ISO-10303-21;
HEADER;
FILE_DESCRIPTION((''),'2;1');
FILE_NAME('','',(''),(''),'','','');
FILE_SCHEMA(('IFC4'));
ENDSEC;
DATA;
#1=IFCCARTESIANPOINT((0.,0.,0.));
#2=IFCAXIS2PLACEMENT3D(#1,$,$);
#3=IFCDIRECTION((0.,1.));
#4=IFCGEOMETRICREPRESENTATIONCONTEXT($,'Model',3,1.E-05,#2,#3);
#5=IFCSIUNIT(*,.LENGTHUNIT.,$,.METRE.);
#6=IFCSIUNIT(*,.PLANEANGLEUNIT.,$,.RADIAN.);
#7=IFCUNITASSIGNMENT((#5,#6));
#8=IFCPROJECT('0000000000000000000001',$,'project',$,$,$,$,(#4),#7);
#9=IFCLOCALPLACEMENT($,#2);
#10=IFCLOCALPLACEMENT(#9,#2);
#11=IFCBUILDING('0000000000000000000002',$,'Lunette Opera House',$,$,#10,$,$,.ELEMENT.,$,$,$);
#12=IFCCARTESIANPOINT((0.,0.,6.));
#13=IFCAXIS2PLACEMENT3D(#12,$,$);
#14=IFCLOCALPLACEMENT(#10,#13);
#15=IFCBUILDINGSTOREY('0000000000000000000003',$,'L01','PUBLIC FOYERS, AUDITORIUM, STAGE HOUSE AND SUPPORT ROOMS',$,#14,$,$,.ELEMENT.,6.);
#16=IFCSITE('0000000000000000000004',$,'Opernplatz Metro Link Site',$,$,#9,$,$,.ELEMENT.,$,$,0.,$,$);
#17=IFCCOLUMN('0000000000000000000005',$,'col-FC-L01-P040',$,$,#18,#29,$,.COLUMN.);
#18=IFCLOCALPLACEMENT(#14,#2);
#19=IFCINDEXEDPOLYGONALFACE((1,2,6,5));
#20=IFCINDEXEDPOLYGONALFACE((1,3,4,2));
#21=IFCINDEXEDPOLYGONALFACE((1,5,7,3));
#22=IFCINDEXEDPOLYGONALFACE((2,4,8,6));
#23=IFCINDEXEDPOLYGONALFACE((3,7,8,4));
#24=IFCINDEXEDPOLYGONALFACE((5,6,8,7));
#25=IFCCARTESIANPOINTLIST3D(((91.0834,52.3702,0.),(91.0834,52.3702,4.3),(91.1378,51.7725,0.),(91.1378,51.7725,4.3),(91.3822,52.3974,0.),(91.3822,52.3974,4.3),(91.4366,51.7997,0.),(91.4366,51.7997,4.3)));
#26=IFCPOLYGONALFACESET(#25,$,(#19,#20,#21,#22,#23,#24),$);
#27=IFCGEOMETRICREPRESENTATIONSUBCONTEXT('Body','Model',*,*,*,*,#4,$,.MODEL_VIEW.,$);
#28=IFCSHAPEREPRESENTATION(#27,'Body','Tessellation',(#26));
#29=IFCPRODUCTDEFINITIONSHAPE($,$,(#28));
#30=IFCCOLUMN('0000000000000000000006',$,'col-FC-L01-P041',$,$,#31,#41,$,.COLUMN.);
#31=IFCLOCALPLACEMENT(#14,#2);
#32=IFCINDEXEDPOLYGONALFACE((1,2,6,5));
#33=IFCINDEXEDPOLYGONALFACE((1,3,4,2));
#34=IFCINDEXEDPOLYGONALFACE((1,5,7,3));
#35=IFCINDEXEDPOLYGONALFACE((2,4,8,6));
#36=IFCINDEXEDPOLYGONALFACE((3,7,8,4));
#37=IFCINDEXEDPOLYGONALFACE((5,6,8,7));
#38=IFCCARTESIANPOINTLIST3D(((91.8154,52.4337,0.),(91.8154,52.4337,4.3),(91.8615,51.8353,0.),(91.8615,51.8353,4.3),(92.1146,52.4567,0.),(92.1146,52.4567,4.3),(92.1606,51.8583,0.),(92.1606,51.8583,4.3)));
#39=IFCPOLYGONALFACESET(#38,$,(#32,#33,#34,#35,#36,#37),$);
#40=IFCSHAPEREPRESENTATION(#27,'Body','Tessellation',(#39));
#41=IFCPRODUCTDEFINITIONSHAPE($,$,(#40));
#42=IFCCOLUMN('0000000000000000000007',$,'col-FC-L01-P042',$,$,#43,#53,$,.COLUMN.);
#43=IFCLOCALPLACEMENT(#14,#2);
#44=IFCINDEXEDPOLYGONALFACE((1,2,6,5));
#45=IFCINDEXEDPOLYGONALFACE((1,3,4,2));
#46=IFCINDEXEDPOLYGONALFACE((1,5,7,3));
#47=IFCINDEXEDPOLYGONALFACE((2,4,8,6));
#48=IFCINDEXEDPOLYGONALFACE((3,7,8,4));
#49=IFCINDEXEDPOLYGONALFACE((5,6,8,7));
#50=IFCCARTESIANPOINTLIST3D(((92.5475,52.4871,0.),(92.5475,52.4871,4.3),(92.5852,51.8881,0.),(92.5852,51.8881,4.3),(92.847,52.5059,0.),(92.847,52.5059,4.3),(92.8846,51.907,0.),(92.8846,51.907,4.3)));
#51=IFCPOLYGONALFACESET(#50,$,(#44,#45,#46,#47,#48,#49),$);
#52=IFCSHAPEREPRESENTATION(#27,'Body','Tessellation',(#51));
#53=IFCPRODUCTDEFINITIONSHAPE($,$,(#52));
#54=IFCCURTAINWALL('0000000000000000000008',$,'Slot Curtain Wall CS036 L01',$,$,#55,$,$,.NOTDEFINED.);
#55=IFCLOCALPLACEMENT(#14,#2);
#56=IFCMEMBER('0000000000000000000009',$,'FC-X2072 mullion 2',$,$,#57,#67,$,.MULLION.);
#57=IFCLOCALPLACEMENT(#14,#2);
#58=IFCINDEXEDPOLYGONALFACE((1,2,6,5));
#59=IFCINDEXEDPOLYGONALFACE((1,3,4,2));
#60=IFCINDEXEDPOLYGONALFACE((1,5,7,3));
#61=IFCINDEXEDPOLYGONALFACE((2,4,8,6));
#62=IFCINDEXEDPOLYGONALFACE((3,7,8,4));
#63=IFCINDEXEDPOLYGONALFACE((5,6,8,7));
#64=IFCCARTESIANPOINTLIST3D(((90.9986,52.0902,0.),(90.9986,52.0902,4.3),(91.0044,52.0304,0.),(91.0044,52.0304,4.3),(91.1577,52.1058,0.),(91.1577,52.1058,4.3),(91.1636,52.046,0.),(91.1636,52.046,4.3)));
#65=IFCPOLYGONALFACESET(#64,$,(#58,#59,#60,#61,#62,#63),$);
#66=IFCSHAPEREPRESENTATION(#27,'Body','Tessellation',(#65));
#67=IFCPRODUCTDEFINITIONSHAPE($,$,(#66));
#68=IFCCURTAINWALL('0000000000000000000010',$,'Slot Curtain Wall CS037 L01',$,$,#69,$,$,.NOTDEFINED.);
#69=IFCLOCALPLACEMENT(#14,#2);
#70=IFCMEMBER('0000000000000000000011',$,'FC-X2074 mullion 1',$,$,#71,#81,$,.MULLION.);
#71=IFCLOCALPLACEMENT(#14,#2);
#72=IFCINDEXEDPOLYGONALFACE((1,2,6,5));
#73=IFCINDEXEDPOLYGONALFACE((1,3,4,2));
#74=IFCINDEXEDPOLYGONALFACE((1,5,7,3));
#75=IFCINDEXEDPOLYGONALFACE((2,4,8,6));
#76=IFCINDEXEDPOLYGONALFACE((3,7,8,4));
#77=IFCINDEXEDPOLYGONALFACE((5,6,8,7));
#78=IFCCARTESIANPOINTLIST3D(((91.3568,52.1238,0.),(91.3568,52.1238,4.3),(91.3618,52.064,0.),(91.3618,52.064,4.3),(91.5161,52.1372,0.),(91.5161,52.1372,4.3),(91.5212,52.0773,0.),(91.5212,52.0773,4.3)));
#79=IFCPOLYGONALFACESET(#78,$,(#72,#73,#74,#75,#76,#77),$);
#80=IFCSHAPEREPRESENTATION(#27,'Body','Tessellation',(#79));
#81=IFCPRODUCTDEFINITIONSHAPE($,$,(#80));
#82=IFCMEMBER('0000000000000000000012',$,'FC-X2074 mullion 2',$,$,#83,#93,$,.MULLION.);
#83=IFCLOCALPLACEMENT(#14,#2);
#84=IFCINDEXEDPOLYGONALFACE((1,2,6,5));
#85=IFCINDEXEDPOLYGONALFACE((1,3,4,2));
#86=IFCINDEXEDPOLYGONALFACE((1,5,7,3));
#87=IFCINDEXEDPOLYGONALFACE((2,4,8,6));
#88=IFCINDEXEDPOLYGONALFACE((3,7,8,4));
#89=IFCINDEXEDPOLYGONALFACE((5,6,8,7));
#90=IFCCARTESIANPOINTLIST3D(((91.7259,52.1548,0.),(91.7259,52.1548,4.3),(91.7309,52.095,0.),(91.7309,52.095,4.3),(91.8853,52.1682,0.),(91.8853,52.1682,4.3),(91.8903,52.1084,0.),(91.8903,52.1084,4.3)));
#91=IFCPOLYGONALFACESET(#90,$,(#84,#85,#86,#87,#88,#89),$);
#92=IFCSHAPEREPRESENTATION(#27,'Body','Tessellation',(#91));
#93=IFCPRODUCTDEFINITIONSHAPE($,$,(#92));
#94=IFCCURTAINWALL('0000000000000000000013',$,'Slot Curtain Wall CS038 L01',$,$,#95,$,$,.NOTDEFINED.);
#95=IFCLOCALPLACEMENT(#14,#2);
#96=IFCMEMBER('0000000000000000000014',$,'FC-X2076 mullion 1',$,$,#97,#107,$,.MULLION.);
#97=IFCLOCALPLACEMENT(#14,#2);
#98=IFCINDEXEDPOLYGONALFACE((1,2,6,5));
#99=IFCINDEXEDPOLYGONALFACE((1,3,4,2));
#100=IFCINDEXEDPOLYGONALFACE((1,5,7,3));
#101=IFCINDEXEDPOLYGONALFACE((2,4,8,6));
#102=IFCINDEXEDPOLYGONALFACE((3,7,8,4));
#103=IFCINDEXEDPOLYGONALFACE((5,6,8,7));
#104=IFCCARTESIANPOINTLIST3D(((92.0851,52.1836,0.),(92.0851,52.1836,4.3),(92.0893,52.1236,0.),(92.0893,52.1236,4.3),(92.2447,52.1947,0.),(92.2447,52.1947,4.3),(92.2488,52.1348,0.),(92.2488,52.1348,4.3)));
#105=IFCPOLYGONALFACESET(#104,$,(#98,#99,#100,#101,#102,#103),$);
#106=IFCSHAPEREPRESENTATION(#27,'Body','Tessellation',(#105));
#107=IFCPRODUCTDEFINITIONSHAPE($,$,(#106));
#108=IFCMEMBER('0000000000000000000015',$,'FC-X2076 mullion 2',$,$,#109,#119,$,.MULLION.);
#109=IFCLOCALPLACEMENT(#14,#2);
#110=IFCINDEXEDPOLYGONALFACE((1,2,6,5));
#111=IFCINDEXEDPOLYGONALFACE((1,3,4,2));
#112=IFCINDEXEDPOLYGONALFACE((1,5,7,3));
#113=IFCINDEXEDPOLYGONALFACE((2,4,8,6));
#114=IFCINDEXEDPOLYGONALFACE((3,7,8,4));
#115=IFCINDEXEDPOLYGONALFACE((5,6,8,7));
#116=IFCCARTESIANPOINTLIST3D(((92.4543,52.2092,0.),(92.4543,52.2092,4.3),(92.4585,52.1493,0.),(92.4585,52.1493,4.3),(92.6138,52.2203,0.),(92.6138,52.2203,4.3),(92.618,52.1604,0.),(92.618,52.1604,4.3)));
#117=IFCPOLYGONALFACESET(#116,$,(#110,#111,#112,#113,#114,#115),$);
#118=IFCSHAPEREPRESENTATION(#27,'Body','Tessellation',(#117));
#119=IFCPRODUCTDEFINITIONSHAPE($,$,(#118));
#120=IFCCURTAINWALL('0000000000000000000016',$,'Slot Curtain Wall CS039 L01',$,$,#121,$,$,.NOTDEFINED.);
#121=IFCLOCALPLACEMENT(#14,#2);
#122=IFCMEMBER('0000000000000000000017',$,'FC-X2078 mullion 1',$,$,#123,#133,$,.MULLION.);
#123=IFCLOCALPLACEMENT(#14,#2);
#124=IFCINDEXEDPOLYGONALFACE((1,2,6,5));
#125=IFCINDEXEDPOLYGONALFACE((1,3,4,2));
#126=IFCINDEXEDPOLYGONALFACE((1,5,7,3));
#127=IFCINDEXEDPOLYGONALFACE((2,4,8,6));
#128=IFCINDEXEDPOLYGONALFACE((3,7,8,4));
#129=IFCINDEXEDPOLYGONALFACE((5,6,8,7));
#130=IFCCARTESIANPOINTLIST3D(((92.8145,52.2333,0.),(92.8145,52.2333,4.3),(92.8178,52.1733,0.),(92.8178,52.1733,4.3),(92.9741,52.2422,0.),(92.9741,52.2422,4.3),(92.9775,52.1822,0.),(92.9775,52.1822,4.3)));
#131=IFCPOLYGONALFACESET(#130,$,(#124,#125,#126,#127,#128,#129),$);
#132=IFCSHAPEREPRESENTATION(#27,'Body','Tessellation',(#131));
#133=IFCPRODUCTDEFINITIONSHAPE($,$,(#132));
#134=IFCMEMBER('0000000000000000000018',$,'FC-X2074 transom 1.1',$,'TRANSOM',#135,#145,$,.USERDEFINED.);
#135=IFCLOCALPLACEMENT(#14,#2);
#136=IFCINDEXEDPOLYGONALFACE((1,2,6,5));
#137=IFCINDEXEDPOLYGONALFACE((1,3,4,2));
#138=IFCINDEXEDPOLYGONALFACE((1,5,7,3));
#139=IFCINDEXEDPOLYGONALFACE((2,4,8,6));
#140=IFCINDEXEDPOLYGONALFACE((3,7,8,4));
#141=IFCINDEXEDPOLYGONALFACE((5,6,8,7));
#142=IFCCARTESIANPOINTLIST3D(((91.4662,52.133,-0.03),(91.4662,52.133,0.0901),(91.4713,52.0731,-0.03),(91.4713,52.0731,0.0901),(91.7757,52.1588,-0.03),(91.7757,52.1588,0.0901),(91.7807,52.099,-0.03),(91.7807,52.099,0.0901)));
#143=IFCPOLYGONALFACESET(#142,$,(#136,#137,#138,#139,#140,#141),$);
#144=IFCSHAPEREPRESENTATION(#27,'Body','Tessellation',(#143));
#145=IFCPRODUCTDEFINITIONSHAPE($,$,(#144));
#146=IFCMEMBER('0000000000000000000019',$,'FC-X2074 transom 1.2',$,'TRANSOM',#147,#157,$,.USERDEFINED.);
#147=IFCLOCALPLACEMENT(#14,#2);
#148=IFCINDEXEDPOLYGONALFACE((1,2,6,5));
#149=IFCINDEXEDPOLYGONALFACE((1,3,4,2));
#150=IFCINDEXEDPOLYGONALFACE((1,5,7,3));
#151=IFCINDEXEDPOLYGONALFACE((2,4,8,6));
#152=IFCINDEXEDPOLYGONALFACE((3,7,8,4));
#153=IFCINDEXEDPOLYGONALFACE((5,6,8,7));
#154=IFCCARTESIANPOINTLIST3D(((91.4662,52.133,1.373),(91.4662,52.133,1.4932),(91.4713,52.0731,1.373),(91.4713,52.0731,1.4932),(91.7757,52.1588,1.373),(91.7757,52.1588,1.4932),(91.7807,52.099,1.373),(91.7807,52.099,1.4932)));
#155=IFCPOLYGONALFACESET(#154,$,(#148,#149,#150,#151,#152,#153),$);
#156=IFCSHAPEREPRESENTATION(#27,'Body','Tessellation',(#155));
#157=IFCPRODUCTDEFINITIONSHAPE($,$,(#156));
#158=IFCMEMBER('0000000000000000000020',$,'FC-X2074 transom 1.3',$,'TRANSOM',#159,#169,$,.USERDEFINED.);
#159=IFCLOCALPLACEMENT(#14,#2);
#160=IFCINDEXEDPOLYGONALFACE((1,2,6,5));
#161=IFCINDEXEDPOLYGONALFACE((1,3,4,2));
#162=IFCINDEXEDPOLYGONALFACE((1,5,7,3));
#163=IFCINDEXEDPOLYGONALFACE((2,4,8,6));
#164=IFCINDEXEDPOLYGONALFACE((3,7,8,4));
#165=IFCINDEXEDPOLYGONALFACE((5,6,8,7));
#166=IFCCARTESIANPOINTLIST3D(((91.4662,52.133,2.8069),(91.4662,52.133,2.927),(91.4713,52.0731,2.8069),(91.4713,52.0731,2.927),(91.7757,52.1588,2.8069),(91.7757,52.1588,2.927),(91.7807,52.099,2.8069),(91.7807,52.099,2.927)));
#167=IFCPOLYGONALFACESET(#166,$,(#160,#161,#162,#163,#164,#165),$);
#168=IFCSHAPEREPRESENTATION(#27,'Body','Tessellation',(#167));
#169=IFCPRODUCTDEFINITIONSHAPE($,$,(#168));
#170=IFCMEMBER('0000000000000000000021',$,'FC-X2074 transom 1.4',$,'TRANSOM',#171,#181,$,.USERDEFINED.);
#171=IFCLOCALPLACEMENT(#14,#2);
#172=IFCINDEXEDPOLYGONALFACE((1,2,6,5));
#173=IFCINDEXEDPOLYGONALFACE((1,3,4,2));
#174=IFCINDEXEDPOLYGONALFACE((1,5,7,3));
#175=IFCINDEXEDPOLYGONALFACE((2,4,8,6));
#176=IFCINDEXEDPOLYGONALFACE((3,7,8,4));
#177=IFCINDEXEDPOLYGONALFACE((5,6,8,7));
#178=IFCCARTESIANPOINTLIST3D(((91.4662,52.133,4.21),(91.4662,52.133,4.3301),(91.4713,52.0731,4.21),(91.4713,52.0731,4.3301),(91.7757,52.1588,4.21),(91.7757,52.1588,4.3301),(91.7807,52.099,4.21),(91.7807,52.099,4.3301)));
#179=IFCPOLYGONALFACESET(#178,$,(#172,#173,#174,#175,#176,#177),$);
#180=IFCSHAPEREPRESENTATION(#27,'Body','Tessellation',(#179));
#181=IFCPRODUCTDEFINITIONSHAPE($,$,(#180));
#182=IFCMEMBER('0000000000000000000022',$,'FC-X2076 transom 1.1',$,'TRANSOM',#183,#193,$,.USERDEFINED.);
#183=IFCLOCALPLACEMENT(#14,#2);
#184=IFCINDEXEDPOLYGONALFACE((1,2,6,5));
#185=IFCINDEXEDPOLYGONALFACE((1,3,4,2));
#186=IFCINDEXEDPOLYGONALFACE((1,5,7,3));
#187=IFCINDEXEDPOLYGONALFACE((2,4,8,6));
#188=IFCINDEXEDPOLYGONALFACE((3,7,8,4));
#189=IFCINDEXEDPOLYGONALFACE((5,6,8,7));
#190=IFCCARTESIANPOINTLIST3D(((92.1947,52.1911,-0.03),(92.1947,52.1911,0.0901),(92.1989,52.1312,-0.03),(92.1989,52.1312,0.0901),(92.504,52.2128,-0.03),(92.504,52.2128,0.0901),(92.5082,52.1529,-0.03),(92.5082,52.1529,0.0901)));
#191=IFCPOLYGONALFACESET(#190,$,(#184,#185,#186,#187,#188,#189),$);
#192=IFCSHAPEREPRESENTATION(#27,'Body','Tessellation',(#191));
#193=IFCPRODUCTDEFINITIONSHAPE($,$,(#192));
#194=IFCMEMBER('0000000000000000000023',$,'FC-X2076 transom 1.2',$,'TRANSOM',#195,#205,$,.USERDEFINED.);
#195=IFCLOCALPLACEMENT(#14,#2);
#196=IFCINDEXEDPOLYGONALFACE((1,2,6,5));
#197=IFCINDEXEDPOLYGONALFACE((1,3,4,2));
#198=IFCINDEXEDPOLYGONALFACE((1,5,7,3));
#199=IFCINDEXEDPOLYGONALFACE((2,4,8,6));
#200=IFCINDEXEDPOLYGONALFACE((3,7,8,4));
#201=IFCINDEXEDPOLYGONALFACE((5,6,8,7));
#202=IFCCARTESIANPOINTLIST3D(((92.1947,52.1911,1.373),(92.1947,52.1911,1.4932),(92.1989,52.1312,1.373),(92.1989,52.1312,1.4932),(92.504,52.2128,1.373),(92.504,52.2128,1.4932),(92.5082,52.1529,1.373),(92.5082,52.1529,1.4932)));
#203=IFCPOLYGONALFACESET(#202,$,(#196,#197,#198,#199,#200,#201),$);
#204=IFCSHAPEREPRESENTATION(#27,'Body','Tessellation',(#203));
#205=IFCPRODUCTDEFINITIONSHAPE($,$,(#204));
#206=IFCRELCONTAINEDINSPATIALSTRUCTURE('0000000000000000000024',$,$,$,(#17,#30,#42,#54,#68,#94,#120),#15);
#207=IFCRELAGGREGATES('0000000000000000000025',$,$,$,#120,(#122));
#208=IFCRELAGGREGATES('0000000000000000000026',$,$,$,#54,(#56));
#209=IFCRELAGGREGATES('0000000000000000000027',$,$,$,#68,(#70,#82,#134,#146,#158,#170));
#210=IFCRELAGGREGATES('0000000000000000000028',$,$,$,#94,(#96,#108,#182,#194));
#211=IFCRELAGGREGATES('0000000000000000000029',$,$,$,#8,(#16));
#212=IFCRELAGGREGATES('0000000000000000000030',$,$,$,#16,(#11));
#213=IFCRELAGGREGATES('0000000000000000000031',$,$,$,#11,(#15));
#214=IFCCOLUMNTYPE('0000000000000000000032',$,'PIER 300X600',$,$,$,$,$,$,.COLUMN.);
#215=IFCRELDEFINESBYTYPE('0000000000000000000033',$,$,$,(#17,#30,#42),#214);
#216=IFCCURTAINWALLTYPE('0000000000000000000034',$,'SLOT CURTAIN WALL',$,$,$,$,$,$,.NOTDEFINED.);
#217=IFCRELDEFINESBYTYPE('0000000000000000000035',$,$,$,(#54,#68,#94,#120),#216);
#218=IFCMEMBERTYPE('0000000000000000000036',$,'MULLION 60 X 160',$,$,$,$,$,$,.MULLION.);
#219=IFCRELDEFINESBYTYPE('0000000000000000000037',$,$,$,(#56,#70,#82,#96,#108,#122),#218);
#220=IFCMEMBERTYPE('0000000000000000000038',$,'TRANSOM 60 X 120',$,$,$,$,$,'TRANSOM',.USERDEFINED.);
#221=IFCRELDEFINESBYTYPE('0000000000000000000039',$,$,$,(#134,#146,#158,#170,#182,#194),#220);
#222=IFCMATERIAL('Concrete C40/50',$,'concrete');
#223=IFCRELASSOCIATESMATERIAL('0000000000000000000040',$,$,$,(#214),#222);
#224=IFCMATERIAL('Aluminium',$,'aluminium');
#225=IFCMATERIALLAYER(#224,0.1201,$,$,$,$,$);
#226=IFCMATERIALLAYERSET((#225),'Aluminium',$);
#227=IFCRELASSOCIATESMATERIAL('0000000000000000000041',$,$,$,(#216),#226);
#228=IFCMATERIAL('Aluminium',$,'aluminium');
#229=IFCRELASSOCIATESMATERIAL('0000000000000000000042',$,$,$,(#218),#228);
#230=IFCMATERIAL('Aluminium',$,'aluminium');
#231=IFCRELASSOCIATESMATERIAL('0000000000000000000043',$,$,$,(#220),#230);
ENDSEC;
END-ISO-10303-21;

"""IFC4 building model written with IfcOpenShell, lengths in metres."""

from ifc_helpers import new_model, si_unit, direction, frame, origin, origin_2d, place, context, subcontext, project, spatial, rectangle, extrude, material, layer, layer_set, material_profile, profile_set, type_object, element, aggregate, save


model = new_model("IFC4")

# Units and contexts
model_context = context("Model", 3, precision=1e-05, world=origin(), true_north=direction((0.0, 1.0)))
body_context = subcontext(model_context, "Body", "Model", "MODEL_VIEW")
ifc_project = project(units=[si_unit("LENGTHUNIT", "METRE"), si_unit("PLANEANGLEUNIT", "RADIAN")], contexts=[model_context])

# Site, building, storey
site_placement = place(None, origin())
site = spatial("IfcSite", under=ifc_project, at=site_placement, Name="Opernplatz Metro Link Site", CompositionType="ELEMENT", RefElevation=0.0)
building_placement = place(site_placement, origin())
building = spatial("IfcBuilding", under=site, at=building_placement, Name="Lunette Opera House", CompositionType="ELEMENT")
storey_placement = place(building_placement, frame((0.0, 0.0, 6.0)))
storey = spatial("IfcBuildingStorey", under=building, at=storey_placement, Name="L01", Description="PUBLIC FOYERS, AUDITORIUM, STAGE HOUSE AND SUPPORT ROOMS", CompositionType="ELEMENT", Elevation=6.0)

# Columns
ifc_material_1 = material(Name="Concrete C40/50", Category="concrete")
ifc_material_profile_1 = material_profile(ifc_material_1, rectangle(XDim=0.3, YDim=0.6001, at=origin_2d()), Name="PIER 300X600")
ifc_profile_set_1 = profile_set([ifc_material_profile_1], Name="Concrete C40/50")
column_type = type_object("IfcColumnType", Name="PIER 300X600", PredefinedType="COLUMN", material=ifc_profile_set_1)
for number, where, z_axis, x_axis, name in (
    (1, (91.26, 52.085, 0.0), (0.0, 0.0, 1.0), (0.995884, 0.090633, 0.0), "col-FC-L01-P040"),
    (2, (91.988, 52.146, 0.0), (0.0, 0.0, 1.0), (0.997053, 0.076719, 0.0), "col-FC-L01-P041"),
    (3, (92.7161, 52.197, 0.0), (0.0, 0.0, 1.0), (0.998027, 0.062791, 0.0), "col-FC-L01-P042"),
):
    element("IfcColumn", number, at=place(storey_placement, frame(where, z_axis=z_axis, x_axis=x_axis)), inside=storey, type_object=column_type, Name=name, PredefinedType="COLUMN", context=body_context, shape_type="SweptSolid", body=[
        extrude(rectangle(XDim=0.3, YDim=0.6001, at=origin_2d()), origin(), (0.0, 0.0, 1.0), 4.3),
    ])

# Curtain wall, member
ifc_material_2 = material(Name="Aluminium", Category="aluminium")
ifc_layer_1 = layer(ifc_material_2, 0.1201)
ifc_layer_set_1 = layer_set([ifc_layer_1], Name="Aluminium")
curtain_wall_type = type_object("IfcCurtainWallType", Name="SLOT CURTAIN WALL", PredefinedType="NOTDEFINED", material=ifc_layer_set_1)
curtain_wall_1_placement = place(storey_placement, origin())
curtain_wall_1 = element("IfcCurtainWall", 4, at=curtain_wall_1_placement, inside=storey, type_object=curtain_wall_type, Name="Slot Curtain Wall CS036 L01", PredefinedType="NOTDEFINED")
ifc_material_3 = material(Name="Aluminium", Category="aluminium")
ifc_material_profile_2 = material_profile(ifc_material_3, rectangle(XDim=0.0601, YDim=0.1599, at=origin_2d()), Name="MULLION 60 X 160")
ifc_profile_set_2 = profile_set([ifc_material_profile_2], Name="Aluminium")
member_type_1 = type_object("IfcMemberType", Name="MULLION 60 X 160", PredefinedType="MULLION", material=ifc_profile_set_2)
member_1_placement = place(storey_placement, frame((91.0811, 52.0681, 0.0), z_axis=(0.0, 0.0, 1.0), x_axis=(-0.097436, 0.995242, 0.0)))
member_1 = element("IfcMember", 5, at=member_1_placement, type_object=member_type_1, Name="FC-X2072 mullion 2", PredefinedType="MULLION", context=body_context, shape_type="SweptSolid", body=[
    extrude(rectangle(XDim=0.0601, YDim=0.1599, at=origin_2d()), origin(), (0.0, 0.0, 1.0), 4.3),
])

# Curtain walls, members
curtain_wall_2_placement = place(storey_placement, origin())
curtain_wall_2 = element("IfcCurtainWall", 6, at=curtain_wall_2_placement, inside=storey, type_object=curtain_wall_type, Name="Slot Curtain Wall CS037 L01", PredefinedType="NOTDEFINED")
member_2_placement = place(storey_placement, frame((91.439, 52.1006, 0.0), z_axis=(0.0, 0.0, 1.0), x_axis=(-0.083622, 0.996498, 0.0)))
member_2 = element("IfcMember", 7, at=member_2_placement, type_object=member_type_1, Name="FC-X2074 mullion 1", PredefinedType="MULLION", context=body_context, shape_type="SweptSolid", body=[
    extrude(rectangle(XDim=0.0601, YDim=0.1599, at=origin_2d()), origin(), (0.0, 0.0, 1.0), 4.3),
])
member_3_placement = place(storey_placement, frame((91.8081, 52.1316, 0.0), z_axis=(0.0, 0.0, 1.0), x_axis=(-0.083622, 0.996498, 0.0)))
member_3 = element("IfcMember", 8, at=member_3_placement, type_object=member_type_1, Name="FC-X2074 mullion 2", PredefinedType="MULLION", context=body_context, shape_type="SweptSolid", body=[
    extrude(rectangle(XDim=0.0601, YDim=0.1599, at=origin_2d()), origin(), (0.0, 0.0, 1.0), 4.3),
])
curtain_wall_3_placement = place(storey_placement, origin())
curtain_wall_3 = element("IfcCurtainWall", 9, at=curtain_wall_3_placement, inside=storey, type_object=curtain_wall_type, Name="Slot Curtain Wall CS038 L01", PredefinedType="NOTDEFINED")
member_4_placement = place(storey_placement, frame((92.167, 52.1592, 0.0), z_axis=(0.0, 0.0, 1.0), x_axis=(-0.06976, 0.997564, 0.0)))
member_4 = element("IfcMember", 10, at=member_4_placement, type_object=member_type_1, Name="FC-X2076 mullion 1", PredefinedType="MULLION", context=body_context, shape_type="SweptSolid", body=[
    extrude(rectangle(XDim=0.0601, YDim=0.1599, at=origin_2d()), origin(), (0.0, 0.0, 1.0), 4.3),
])
member_5_placement = place(storey_placement, frame((92.5361, 52.1848, 0.0), z_axis=(0.0, 0.0, 1.0), x_axis=(-0.06976, 0.997564, 0.0)))
member_5 = element("IfcMember", 11, at=member_5_placement, type_object=member_type_1, Name="FC-X2076 mullion 2", PredefinedType="MULLION", context=body_context, shape_type="SweptSolid", body=[
    extrude(rectangle(XDim=0.0601, YDim=0.1599, at=origin_2d()), origin(), (0.0, 0.0, 1.0), 4.3),
])

# Curtain wall, member
curtain_wall_4_placement = place(storey_placement, origin())
curtain_wall_4 = element("IfcCurtainWall", 12, at=curtain_wall_4_placement, inside=storey, type_object=curtain_wall_type, Name="Slot Curtain Wall CS039 L01", PredefinedType="NOTDEFINED")
member_6_placement = place(storey_placement, frame((92.896, 52.2078, 0.0), z_axis=(0.0, 0.0, 1.0), x_axis=(-0.055857, 0.998439, 0.0)))
member_6 = element("IfcMember", 13, at=member_6_placement, type_object=member_type_1, Name="FC-X2078 mullion 1", PredefinedType="MULLION", context=body_context, shape_type="SweptSolid", body=[
    extrude(rectangle(XDim=0.0601, YDim=0.1599, at=origin_2d()), origin(), (0.0, 0.0, 1.0), 4.3),
])

# Members
ifc_material_4 = material(Name="Aluminium", Category="aluminium")
ifc_material_profile_3 = material_profile(ifc_material_4, rectangle(XDim=0.0601, YDim=0.1201, at=origin_2d()), Name="TRANSOM 60 X 120")
ifc_profile_set_3 = profile_set([ifc_material_profile_3], Name="Aluminium")
member_type_2 = type_object("IfcMemberType", Name="TRANSOM 60 X 120", ElementType="TRANSOM", PredefinedType="USERDEFINED", material=ifc_profile_set_3)
member_7_placement = place(storey_placement, frame((91.4688, 52.103, 0.03), z_axis=(0.996524, 0.083306, 0.0), x_axis=(-0.083306, 0.996524, 0.0)))
member_7 = element("IfcMember", 14, at=member_7_placement, type_object=member_type_2, Name="FC-X2074 transom 1.1", ObjectType="TRANSOM", PredefinedType="USERDEFINED", context=body_context, shape_type="SweptSolid", body=[
    extrude(rectangle(XDim=0.0601, YDim=0.1201, at=origin_2d()), origin(), (0.0, 0.0, 1.0), 0.3105),
])
member_8_placement = place(storey_placement, frame((91.4688, 52.103, 1.4331), z_axis=(0.996524, 0.083306, 0.0), x_axis=(-0.083306, 0.996524, 0.0)))
member_8 = element("IfcMember", 15, at=member_8_placement, type_object=member_type_2, Name="FC-X2074 transom 1.2", ObjectType="TRANSOM", PredefinedType="USERDEFINED", context=body_context, shape_type="SweptSolid", body=[
    extrude(rectangle(XDim=0.0601, YDim=0.1201, at=origin_2d()), origin(), (0.0, 0.0, 1.0), 0.3105),
])
member_9_placement = place(storey_placement, frame((91.4688, 52.103, 2.8669), z_axis=(0.996524, 0.083306, 0.0), x_axis=(-0.083306, 0.996524, 0.0)))
member_9 = element("IfcMember", 16, at=member_9_placement, type_object=member_type_2, Name="FC-X2074 transom 1.3", ObjectType="TRANSOM", PredefinedType="USERDEFINED", context=body_context, shape_type="SweptSolid", body=[
    extrude(rectangle(XDim=0.0601, YDim=0.1201, at=origin_2d()), origin(), (0.0, 0.0, 1.0), 0.3105),
])
member_10_placement = place(storey_placement, frame((91.4688, 52.103, 4.27), z_axis=(0.996524, 0.083306, 0.0), x_axis=(-0.083306, 0.996524, 0.0)))
member_10 = element("IfcMember", 17, at=member_10_placement, type_object=member_type_2, Name="FC-X2074 transom 1.4", ObjectType="TRANSOM", PredefinedType="USERDEFINED", context=body_context, shape_type="SweptSolid", body=[
    extrude(rectangle(XDim=0.0601, YDim=0.1201, at=origin_2d()), origin(), (0.0, 0.0, 1.0), 0.3105),
])
member_11_placement = place(storey_placement, frame((92.1968, 52.1611, 0.03), z_axis=(0.997542, 0.070072, 0.0), x_axis=(-0.070072, 0.997542, 0.0)))
member_11 = element("IfcMember", 18, at=member_11_placement, type_object=member_type_2, Name="FC-X2076 transom 1.1", ObjectType="TRANSOM", PredefinedType="USERDEFINED", context=body_context, shape_type="SweptSolid", body=[
    extrude(rectangle(XDim=0.0601, YDim=0.1201, at=origin_2d()), origin(), (0.0, 0.0, 1.0), 0.3101),
])
member_12_placement = place(storey_placement, frame((92.1968, 52.1611, 1.4331), z_axis=(0.997542, 0.070072, 0.0), x_axis=(-0.070072, 0.997542, 0.0)))
member_12 = element("IfcMember", 19, at=member_12_placement, type_object=member_type_2, Name="FC-X2076 transom 1.2", ObjectType="TRANSOM", PredefinedType="USERDEFINED", context=body_context, shape_type="SweptSolid", body=[
    extrude(rectangle(XDim=0.0601, YDim=0.1201, at=origin_2d()), origin(), (0.0, 0.0, 1.0), 0.3101),
])
aggregate(curtain_wall_4, [member_6])

aggregate(curtain_wall_1, [member_1])
aggregate(curtain_wall_2, [member_2, member_3, member_7, member_8, member_9, member_10])
aggregate(curtain_wall_3, [member_4, member_5, member_11, member_12])

save(model, "model.ifc")
